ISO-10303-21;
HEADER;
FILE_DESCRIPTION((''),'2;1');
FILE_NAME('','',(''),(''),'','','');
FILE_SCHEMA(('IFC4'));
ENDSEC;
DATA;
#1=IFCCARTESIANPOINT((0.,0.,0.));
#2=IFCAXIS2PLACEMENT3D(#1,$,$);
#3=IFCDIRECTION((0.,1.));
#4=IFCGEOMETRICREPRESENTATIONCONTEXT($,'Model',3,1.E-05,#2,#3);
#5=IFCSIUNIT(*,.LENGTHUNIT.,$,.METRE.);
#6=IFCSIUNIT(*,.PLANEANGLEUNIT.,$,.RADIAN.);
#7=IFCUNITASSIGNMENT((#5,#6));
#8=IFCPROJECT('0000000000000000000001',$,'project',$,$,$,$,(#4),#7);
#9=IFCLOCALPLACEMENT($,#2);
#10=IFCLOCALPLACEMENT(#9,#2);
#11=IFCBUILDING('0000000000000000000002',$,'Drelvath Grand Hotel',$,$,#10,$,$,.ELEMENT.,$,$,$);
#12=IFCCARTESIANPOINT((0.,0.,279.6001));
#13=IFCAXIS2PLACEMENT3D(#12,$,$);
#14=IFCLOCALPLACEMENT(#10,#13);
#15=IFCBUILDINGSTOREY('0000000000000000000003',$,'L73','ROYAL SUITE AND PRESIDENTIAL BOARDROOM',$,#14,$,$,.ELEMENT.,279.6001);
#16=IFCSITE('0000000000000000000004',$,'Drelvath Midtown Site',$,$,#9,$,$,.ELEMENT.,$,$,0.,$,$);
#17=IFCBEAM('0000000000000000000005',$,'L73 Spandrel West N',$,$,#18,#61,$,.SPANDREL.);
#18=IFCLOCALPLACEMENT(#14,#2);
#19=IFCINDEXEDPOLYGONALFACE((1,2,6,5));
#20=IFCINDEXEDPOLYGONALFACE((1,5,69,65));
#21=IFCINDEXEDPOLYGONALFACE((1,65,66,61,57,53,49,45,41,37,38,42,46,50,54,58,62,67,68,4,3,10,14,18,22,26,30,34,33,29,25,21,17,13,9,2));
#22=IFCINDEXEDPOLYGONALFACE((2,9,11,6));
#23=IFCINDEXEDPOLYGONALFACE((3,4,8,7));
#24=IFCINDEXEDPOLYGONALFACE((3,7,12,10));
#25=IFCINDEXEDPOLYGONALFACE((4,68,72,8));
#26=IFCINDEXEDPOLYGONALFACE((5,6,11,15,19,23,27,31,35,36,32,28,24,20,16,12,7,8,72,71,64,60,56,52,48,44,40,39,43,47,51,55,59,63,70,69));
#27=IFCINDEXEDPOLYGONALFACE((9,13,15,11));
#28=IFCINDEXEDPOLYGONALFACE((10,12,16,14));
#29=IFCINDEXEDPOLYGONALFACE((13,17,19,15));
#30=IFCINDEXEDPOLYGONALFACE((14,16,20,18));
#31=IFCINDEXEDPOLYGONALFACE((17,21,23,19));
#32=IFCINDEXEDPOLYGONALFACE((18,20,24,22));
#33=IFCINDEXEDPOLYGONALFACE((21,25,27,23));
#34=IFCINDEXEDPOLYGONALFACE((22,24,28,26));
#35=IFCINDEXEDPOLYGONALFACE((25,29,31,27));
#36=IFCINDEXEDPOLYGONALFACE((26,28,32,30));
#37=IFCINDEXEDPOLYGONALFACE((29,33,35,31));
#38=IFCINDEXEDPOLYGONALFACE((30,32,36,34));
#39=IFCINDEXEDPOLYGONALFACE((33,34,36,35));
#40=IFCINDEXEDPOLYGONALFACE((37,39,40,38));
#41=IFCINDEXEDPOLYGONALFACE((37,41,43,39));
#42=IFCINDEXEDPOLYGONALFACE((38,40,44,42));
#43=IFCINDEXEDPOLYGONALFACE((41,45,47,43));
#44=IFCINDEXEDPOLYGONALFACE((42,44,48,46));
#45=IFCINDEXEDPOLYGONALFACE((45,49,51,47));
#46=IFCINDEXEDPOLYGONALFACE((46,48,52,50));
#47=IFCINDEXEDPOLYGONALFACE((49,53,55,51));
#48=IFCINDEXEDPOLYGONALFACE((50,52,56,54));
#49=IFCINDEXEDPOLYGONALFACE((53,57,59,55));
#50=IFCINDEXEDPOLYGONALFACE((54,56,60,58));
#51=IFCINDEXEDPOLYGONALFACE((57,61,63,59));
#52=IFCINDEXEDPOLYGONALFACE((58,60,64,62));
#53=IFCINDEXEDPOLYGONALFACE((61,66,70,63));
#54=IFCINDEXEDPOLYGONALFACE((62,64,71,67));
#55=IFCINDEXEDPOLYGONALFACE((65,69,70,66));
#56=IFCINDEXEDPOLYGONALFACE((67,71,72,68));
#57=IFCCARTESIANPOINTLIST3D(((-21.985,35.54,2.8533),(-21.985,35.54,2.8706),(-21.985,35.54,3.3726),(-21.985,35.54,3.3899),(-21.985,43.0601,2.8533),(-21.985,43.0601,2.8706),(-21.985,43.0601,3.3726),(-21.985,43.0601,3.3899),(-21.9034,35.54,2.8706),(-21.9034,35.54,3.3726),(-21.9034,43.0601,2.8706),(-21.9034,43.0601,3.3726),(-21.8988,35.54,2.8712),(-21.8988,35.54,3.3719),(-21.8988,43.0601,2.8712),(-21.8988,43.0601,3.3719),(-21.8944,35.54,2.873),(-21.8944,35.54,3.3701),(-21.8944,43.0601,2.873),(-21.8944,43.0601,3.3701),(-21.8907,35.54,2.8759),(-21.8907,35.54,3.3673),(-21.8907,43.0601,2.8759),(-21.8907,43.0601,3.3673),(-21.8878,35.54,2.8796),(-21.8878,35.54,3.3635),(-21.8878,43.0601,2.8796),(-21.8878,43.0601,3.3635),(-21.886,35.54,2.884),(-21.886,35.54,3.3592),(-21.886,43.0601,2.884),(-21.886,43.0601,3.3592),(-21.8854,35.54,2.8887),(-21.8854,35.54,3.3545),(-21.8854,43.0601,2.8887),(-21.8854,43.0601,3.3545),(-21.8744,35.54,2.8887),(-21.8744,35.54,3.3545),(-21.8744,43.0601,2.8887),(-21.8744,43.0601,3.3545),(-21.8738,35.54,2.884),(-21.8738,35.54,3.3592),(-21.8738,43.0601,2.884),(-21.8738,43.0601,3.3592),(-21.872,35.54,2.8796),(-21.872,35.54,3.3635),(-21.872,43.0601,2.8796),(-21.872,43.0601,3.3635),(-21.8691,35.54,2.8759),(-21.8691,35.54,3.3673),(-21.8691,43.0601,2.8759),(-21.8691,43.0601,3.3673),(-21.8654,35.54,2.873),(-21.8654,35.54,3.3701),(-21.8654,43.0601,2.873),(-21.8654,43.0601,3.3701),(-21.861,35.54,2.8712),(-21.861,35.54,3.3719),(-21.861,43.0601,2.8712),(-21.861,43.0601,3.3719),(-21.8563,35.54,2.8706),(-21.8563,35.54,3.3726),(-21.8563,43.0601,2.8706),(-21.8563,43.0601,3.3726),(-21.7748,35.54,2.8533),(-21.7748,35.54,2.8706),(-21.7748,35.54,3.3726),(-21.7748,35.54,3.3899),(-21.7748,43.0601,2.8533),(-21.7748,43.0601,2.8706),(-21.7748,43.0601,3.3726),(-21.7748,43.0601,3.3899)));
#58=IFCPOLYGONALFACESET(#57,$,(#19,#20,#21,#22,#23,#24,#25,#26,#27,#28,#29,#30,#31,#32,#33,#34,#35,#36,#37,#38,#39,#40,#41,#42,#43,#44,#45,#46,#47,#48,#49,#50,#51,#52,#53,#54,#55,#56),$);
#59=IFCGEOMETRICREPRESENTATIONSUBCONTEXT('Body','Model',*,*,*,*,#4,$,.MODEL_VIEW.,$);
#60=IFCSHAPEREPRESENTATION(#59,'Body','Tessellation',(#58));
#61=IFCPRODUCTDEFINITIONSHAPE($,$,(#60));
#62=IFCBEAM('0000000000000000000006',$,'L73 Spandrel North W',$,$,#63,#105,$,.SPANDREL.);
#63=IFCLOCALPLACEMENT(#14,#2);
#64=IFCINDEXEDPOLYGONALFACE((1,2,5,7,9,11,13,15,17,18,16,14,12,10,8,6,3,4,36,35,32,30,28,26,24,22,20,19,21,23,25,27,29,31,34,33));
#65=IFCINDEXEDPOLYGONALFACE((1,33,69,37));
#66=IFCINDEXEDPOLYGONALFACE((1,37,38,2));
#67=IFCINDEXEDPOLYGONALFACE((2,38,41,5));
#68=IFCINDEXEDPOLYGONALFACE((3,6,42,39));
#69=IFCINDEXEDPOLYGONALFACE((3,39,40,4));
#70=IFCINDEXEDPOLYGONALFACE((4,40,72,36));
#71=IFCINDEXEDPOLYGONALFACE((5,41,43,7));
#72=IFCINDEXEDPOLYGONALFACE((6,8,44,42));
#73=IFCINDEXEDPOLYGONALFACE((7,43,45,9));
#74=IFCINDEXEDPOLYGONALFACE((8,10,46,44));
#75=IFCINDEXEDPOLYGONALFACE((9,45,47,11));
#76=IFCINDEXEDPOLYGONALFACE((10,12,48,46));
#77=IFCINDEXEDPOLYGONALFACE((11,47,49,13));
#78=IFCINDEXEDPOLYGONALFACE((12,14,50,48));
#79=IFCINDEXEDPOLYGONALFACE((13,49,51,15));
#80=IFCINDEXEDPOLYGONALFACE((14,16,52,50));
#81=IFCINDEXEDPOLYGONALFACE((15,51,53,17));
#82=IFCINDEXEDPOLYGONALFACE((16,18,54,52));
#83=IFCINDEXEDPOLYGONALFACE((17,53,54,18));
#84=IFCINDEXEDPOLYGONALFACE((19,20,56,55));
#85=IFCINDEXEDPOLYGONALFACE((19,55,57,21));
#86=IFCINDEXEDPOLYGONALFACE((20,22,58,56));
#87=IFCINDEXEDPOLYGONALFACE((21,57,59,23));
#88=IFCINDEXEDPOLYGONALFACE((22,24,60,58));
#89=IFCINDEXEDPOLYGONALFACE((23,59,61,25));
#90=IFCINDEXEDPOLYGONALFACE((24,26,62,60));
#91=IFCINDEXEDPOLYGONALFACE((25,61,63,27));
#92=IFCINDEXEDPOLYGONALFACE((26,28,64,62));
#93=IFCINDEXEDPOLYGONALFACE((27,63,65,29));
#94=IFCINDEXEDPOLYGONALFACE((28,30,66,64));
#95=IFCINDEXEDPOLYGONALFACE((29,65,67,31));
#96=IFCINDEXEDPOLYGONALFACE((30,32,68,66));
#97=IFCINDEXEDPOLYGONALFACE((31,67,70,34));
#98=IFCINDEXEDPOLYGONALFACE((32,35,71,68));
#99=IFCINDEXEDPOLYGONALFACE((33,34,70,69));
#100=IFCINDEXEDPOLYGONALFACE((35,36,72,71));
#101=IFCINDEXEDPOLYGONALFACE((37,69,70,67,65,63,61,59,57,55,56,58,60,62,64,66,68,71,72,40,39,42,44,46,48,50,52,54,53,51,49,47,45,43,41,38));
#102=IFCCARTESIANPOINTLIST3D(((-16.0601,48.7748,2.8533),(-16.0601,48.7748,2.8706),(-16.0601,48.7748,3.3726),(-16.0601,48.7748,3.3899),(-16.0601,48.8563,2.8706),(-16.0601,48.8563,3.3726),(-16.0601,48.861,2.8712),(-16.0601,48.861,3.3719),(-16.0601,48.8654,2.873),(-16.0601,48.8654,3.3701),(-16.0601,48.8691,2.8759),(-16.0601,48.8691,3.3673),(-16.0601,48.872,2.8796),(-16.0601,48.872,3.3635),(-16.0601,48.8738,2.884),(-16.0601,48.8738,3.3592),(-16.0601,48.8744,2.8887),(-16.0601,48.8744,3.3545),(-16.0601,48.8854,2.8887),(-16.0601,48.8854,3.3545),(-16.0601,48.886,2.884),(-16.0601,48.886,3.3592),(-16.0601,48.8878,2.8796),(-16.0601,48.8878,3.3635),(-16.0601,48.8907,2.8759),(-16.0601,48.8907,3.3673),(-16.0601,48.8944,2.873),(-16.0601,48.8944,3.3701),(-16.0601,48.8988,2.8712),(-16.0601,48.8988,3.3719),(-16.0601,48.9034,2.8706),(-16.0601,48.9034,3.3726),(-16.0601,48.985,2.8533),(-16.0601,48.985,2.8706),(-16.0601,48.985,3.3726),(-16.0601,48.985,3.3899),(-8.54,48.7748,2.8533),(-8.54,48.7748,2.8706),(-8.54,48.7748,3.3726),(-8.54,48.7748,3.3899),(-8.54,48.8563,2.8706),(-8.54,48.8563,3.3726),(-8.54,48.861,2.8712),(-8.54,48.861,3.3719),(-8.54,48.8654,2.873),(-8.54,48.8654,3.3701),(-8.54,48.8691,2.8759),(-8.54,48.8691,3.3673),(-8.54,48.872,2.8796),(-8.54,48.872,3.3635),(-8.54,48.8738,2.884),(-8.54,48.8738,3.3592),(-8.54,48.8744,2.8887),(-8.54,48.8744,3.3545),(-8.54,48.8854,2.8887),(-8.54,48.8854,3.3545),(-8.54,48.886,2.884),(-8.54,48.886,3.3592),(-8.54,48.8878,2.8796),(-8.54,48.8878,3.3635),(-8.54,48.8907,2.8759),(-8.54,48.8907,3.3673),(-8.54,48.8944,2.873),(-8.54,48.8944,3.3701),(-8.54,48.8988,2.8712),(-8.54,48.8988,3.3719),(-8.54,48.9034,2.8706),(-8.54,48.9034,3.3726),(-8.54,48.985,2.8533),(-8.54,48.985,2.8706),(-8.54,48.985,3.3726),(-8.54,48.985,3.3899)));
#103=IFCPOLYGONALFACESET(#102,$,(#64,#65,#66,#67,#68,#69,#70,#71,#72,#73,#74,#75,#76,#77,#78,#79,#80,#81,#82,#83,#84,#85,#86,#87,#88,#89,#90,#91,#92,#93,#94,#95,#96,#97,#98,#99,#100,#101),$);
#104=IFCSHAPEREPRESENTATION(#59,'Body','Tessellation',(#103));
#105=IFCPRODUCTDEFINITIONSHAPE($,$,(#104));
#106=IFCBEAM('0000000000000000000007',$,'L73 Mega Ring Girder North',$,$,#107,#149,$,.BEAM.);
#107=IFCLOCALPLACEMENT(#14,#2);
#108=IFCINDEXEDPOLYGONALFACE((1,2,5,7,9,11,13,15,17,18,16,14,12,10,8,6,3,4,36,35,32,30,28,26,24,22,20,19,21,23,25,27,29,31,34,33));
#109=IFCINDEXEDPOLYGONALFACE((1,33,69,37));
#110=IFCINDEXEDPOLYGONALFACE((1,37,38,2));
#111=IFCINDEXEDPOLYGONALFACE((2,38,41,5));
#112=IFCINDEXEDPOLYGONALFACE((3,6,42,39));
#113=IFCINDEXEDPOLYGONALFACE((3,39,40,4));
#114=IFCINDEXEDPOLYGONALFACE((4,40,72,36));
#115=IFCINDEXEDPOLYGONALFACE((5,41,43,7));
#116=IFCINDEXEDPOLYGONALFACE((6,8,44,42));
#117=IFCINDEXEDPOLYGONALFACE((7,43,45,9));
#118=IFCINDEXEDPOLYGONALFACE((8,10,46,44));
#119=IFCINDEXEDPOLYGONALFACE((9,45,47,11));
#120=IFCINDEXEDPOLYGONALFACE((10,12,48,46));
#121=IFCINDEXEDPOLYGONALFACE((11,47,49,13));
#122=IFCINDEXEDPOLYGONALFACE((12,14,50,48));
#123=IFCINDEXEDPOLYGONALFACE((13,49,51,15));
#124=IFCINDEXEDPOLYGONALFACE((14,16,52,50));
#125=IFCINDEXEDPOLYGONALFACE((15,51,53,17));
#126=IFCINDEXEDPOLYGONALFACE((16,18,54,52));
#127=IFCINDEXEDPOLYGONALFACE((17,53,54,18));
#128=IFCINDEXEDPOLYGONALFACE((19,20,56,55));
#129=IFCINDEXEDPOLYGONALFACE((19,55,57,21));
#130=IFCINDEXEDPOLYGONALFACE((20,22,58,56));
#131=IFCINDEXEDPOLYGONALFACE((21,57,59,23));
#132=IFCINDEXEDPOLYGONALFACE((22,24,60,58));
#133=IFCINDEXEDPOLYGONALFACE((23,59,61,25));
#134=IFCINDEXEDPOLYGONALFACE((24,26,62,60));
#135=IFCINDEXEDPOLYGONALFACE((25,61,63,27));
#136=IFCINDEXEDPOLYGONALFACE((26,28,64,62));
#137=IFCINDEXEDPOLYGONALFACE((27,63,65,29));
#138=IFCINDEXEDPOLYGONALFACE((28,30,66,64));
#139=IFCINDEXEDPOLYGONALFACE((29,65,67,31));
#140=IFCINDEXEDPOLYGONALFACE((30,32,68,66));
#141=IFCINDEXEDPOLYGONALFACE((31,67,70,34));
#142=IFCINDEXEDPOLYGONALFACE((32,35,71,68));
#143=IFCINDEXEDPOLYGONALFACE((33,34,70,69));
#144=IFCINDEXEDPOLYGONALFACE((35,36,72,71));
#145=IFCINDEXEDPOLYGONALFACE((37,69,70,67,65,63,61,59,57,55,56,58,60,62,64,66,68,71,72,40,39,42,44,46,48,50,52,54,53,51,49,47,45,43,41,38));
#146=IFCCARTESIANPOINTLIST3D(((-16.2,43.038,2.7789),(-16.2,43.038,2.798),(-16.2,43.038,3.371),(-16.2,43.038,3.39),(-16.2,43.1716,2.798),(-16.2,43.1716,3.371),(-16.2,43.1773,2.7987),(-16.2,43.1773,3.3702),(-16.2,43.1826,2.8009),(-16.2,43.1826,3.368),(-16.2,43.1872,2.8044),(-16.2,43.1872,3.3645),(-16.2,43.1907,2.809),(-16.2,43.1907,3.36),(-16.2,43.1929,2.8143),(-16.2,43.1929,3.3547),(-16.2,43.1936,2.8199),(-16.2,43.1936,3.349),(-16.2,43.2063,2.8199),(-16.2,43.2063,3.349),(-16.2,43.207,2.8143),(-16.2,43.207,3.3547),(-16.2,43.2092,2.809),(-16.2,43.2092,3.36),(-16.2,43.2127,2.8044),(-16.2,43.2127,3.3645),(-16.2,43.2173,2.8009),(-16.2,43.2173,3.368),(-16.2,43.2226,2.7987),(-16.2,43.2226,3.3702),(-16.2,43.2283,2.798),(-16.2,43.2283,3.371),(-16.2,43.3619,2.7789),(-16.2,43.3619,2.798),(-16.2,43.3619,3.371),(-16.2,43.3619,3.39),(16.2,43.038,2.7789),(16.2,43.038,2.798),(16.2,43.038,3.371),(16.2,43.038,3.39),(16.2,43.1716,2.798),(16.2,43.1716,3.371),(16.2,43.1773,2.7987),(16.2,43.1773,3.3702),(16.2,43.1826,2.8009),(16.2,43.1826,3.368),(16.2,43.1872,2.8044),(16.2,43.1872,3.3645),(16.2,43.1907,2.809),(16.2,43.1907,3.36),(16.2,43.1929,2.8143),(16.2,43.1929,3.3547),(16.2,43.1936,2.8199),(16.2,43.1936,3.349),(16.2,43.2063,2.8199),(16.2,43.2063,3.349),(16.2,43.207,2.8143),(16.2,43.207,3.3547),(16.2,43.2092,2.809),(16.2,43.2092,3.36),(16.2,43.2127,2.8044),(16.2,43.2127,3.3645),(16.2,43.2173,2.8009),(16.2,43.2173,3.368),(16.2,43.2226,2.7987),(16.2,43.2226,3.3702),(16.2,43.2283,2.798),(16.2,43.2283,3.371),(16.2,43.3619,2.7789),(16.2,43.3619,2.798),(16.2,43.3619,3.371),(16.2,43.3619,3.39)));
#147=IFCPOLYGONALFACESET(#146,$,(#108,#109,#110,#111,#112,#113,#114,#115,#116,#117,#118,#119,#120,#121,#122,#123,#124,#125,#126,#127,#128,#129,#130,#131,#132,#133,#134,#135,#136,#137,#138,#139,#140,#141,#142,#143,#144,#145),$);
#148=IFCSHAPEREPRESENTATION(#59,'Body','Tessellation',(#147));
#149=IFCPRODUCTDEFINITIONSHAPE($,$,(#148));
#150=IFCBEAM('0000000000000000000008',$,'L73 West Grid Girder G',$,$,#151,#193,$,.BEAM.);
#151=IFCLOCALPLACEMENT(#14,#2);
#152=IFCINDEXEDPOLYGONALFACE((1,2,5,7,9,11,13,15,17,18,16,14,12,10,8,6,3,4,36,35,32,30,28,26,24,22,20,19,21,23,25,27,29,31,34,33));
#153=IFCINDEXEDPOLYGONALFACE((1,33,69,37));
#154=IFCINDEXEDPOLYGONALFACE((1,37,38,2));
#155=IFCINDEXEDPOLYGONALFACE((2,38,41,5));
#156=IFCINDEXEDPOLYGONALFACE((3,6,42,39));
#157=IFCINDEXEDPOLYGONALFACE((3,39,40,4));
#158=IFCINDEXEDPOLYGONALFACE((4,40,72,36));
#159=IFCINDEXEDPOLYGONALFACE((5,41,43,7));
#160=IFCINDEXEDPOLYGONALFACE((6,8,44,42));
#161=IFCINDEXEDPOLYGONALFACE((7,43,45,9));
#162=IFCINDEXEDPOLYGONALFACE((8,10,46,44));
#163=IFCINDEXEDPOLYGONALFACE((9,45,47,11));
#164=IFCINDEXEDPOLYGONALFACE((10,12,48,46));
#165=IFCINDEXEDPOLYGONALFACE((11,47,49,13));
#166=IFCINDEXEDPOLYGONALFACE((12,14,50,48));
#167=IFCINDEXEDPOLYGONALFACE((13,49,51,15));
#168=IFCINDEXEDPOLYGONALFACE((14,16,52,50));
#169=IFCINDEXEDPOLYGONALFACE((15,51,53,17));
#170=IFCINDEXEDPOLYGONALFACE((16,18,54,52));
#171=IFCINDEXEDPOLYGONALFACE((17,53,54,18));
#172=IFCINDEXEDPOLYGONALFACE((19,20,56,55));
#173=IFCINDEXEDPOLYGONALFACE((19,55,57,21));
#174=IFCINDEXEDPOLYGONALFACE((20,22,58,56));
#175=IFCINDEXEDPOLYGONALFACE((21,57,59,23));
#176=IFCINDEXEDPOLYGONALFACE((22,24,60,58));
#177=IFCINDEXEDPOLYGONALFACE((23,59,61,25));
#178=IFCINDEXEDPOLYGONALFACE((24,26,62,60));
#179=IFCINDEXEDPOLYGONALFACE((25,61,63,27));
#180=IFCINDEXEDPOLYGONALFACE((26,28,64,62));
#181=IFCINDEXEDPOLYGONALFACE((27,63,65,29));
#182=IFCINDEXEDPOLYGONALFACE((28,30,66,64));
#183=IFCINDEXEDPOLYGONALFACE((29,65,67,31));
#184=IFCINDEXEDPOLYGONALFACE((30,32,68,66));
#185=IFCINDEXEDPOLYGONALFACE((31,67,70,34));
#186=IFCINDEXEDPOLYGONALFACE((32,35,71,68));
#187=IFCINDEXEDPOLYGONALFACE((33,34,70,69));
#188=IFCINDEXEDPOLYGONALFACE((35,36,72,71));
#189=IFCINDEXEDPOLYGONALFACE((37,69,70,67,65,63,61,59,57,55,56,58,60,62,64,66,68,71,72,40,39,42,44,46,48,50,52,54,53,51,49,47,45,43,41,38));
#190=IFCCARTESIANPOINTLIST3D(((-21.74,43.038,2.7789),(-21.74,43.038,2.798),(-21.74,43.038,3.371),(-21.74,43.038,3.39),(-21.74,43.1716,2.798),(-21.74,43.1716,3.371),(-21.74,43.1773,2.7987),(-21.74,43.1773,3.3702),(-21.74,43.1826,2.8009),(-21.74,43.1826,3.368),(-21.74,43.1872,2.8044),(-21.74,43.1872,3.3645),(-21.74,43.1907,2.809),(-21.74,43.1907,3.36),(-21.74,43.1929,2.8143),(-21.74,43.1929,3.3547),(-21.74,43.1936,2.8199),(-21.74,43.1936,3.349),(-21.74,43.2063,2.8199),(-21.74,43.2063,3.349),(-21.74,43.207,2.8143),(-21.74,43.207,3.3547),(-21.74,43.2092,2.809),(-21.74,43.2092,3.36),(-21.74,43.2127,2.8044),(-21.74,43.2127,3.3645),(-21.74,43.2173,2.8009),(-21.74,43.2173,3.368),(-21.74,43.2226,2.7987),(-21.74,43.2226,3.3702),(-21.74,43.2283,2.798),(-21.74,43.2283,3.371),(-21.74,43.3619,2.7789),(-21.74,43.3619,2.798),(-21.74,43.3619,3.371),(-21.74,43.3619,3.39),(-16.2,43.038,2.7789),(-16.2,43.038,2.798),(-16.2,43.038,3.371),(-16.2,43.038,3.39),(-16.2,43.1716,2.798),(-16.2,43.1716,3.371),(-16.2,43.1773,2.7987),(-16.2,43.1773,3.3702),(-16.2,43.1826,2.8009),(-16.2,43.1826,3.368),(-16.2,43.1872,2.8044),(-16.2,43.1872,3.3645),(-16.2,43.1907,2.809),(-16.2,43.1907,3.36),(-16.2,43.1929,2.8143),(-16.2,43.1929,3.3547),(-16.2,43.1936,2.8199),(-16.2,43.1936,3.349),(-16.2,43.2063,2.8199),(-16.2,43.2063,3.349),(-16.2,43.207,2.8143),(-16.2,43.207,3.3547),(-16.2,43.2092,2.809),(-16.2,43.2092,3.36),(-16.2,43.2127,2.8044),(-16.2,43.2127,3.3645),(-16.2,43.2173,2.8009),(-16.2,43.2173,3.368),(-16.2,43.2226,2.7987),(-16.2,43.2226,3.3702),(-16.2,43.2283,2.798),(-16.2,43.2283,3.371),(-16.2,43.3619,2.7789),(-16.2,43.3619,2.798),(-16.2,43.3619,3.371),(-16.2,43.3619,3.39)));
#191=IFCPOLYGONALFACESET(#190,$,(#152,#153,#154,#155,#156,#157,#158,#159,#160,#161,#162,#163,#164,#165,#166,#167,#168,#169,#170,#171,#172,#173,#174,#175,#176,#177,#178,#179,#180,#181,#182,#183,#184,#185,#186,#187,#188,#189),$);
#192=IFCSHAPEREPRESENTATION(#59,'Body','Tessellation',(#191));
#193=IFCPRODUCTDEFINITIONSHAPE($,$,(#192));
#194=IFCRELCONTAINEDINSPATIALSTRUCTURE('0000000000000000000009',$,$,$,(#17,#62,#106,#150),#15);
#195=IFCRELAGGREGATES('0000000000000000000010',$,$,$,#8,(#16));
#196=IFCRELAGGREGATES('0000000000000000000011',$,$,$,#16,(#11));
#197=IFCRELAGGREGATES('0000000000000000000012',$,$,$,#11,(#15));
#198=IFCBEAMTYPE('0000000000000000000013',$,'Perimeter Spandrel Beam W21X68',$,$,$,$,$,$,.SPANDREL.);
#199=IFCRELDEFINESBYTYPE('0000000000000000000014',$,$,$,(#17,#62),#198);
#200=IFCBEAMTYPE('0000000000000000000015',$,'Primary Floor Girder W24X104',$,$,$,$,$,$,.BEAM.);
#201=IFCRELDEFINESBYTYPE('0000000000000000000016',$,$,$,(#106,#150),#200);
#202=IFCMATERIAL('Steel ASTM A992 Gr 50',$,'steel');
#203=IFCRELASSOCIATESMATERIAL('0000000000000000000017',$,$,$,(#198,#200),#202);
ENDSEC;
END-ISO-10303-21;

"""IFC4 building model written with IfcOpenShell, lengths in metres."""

from ifc_helpers import new_model, si_unit, direction, frame, origin, origin_2d, place, context, subcontext, project, spatial, i_section, extrude, material, material_profile, profile_set, type_object, element, save


model = new_model("IFC4")

# Units and contexts
model_context = context("Model", 3, precision=1e-05, world=origin(), true_north=direction((0.0, 1.0)))
body_context = subcontext(model_context, "Body", "Model", "MODEL_VIEW")
ifc_project = project(units=[si_unit("LENGTHUNIT", "METRE"), si_unit("PLANEANGLEUNIT", "RADIAN")], contexts=[model_context])

# Site, building, storey
site_placement = place(None, origin())
site = spatial("IfcSite", under=ifc_project, at=site_placement, Name="Drelvath Midtown Site", CompositionType="ELEMENT", RefElevation=0.0)
building_placement = place(site_placement, origin())
building = spatial("IfcBuilding", under=site, at=building_placement, Name="Drelvath Grand Hotel", CompositionType="ELEMENT")
storey_placement = place(building_placement, frame((0.0, 0.0, 279.6001)))
storey = spatial("IfcBuildingStorey", under=building, at=storey_placement, Name="L73", Description="ROYAL SUITE AND PRESIDENTIAL BOARDROOM", CompositionType="ELEMENT", Elevation=279.6001)

# Shared definitions
ifc_material_1 = material(Name="Steel ASTM A992 Gr 50", Category="steel")

# Beams
ifc_material_profile_1 = material_profile(ifc_material_1, i_section(OverallWidth=0.2102, OverallDepth=0.5366, WebThickness=0.011, FlangeThickness=0.0173, FilletRadius=0.0181, at=origin_2d()), Name="W21X68")
ifc_profile_set_1 = profile_set([ifc_material_profile_1], Name="Steel ASTM A992 Gr 50")
beam_type_1 = type_object("IfcBeamType", Name="Perimeter Spandrel Beam W21X68", PredefinedType="SPANDREL", material=ifc_profile_set_1)
for number, where, z_axis, x_axis, name in (
    (1, (-21.8799, 35.54, 3.1216), (0.0, 1.0, 0.0), (-1.0, 0.0, 0.0), "L73 Spandrel West N"),
    (2, (-16.0601, 48.8799, 3.1216), (1.0, 0.0, 0.0), (0.0, 1.0, 0.0), "L73 Spandrel North W"),
):
    element("IfcBeam", number, at=place(storey_placement, frame(where, z_axis=z_axis, x_axis=x_axis)), inside=storey, type_object=beam_type_1, Name=name, PredefinedType="SPANDREL", context=body_context, shape_type="SweptSolid", body=[
        extrude(i_section(OverallWidth=0.2102, OverallDepth=0.5366, WebThickness=0.011, FlangeThickness=0.0173, FilletRadius=0.0181, at=origin_2d()), origin(), (0.0, 0.0, 1.0), 7.52),
    ])
ifc_material_profile_2 = material_profile(ifc_material_1, i_section(OverallWidth=0.324, OverallDepth=0.6111, WebThickness=0.0127, FlangeThickness=0.019, FilletRadius=0.022, at=origin_2d()), Name="W24X104")
ifc_profile_set_2 = profile_set([ifc_material_profile_2], Name="Steel ASTM A992 Gr 50")
beam_type_2 = type_object("IfcBeamType", Name="Primary Floor Girder W24X104", PredefinedType="BEAM", material=ifc_profile_set_2)
beam_1_placement = place(storey_placement, frame((-16.2, 43.2, 3.0845), z_axis=(1.0, 0.0, 0.0), x_axis=(0.0, 1.0, 0.0)))
element("IfcBeam", 3, at=beam_1_placement, inside=storey, type_object=beam_type_2, Name="L73 Mega Ring Girder North", PredefinedType="BEAM", context=body_context, shape_type="SweptSolid", body=[
    extrude(i_section(OverallWidth=0.324, OverallDepth=0.6111, WebThickness=0.0127, FlangeThickness=0.019, FilletRadius=0.022, at=origin_2d()), origin(), (0.0, 0.0, 1.0), 32.3999),
])
for number, where, z_axis, x_axis, name in (
    (4, (-21.74, 43.2, 3.0845), (1.0, 0.0, 0.0), (0.0, 1.0, 0.0), "L73 West Grid Girder G"),
):
    element("IfcBeam", number, at=place(storey_placement, frame(where, z_axis=z_axis, x_axis=x_axis)), inside=storey, type_object=beam_type_2, Name=name, PredefinedType="BEAM", context=body_context, shape_type="SweptSolid", body=[
        extrude(i_section(OverallWidth=0.324, OverallDepth=0.6111, WebThickness=0.0127, FlangeThickness=0.019, FilletRadius=0.022, at=origin_2d()), origin(), (0.0, 0.0, 1.0), 5.54),
    ])

save(model, "model.ifc")
